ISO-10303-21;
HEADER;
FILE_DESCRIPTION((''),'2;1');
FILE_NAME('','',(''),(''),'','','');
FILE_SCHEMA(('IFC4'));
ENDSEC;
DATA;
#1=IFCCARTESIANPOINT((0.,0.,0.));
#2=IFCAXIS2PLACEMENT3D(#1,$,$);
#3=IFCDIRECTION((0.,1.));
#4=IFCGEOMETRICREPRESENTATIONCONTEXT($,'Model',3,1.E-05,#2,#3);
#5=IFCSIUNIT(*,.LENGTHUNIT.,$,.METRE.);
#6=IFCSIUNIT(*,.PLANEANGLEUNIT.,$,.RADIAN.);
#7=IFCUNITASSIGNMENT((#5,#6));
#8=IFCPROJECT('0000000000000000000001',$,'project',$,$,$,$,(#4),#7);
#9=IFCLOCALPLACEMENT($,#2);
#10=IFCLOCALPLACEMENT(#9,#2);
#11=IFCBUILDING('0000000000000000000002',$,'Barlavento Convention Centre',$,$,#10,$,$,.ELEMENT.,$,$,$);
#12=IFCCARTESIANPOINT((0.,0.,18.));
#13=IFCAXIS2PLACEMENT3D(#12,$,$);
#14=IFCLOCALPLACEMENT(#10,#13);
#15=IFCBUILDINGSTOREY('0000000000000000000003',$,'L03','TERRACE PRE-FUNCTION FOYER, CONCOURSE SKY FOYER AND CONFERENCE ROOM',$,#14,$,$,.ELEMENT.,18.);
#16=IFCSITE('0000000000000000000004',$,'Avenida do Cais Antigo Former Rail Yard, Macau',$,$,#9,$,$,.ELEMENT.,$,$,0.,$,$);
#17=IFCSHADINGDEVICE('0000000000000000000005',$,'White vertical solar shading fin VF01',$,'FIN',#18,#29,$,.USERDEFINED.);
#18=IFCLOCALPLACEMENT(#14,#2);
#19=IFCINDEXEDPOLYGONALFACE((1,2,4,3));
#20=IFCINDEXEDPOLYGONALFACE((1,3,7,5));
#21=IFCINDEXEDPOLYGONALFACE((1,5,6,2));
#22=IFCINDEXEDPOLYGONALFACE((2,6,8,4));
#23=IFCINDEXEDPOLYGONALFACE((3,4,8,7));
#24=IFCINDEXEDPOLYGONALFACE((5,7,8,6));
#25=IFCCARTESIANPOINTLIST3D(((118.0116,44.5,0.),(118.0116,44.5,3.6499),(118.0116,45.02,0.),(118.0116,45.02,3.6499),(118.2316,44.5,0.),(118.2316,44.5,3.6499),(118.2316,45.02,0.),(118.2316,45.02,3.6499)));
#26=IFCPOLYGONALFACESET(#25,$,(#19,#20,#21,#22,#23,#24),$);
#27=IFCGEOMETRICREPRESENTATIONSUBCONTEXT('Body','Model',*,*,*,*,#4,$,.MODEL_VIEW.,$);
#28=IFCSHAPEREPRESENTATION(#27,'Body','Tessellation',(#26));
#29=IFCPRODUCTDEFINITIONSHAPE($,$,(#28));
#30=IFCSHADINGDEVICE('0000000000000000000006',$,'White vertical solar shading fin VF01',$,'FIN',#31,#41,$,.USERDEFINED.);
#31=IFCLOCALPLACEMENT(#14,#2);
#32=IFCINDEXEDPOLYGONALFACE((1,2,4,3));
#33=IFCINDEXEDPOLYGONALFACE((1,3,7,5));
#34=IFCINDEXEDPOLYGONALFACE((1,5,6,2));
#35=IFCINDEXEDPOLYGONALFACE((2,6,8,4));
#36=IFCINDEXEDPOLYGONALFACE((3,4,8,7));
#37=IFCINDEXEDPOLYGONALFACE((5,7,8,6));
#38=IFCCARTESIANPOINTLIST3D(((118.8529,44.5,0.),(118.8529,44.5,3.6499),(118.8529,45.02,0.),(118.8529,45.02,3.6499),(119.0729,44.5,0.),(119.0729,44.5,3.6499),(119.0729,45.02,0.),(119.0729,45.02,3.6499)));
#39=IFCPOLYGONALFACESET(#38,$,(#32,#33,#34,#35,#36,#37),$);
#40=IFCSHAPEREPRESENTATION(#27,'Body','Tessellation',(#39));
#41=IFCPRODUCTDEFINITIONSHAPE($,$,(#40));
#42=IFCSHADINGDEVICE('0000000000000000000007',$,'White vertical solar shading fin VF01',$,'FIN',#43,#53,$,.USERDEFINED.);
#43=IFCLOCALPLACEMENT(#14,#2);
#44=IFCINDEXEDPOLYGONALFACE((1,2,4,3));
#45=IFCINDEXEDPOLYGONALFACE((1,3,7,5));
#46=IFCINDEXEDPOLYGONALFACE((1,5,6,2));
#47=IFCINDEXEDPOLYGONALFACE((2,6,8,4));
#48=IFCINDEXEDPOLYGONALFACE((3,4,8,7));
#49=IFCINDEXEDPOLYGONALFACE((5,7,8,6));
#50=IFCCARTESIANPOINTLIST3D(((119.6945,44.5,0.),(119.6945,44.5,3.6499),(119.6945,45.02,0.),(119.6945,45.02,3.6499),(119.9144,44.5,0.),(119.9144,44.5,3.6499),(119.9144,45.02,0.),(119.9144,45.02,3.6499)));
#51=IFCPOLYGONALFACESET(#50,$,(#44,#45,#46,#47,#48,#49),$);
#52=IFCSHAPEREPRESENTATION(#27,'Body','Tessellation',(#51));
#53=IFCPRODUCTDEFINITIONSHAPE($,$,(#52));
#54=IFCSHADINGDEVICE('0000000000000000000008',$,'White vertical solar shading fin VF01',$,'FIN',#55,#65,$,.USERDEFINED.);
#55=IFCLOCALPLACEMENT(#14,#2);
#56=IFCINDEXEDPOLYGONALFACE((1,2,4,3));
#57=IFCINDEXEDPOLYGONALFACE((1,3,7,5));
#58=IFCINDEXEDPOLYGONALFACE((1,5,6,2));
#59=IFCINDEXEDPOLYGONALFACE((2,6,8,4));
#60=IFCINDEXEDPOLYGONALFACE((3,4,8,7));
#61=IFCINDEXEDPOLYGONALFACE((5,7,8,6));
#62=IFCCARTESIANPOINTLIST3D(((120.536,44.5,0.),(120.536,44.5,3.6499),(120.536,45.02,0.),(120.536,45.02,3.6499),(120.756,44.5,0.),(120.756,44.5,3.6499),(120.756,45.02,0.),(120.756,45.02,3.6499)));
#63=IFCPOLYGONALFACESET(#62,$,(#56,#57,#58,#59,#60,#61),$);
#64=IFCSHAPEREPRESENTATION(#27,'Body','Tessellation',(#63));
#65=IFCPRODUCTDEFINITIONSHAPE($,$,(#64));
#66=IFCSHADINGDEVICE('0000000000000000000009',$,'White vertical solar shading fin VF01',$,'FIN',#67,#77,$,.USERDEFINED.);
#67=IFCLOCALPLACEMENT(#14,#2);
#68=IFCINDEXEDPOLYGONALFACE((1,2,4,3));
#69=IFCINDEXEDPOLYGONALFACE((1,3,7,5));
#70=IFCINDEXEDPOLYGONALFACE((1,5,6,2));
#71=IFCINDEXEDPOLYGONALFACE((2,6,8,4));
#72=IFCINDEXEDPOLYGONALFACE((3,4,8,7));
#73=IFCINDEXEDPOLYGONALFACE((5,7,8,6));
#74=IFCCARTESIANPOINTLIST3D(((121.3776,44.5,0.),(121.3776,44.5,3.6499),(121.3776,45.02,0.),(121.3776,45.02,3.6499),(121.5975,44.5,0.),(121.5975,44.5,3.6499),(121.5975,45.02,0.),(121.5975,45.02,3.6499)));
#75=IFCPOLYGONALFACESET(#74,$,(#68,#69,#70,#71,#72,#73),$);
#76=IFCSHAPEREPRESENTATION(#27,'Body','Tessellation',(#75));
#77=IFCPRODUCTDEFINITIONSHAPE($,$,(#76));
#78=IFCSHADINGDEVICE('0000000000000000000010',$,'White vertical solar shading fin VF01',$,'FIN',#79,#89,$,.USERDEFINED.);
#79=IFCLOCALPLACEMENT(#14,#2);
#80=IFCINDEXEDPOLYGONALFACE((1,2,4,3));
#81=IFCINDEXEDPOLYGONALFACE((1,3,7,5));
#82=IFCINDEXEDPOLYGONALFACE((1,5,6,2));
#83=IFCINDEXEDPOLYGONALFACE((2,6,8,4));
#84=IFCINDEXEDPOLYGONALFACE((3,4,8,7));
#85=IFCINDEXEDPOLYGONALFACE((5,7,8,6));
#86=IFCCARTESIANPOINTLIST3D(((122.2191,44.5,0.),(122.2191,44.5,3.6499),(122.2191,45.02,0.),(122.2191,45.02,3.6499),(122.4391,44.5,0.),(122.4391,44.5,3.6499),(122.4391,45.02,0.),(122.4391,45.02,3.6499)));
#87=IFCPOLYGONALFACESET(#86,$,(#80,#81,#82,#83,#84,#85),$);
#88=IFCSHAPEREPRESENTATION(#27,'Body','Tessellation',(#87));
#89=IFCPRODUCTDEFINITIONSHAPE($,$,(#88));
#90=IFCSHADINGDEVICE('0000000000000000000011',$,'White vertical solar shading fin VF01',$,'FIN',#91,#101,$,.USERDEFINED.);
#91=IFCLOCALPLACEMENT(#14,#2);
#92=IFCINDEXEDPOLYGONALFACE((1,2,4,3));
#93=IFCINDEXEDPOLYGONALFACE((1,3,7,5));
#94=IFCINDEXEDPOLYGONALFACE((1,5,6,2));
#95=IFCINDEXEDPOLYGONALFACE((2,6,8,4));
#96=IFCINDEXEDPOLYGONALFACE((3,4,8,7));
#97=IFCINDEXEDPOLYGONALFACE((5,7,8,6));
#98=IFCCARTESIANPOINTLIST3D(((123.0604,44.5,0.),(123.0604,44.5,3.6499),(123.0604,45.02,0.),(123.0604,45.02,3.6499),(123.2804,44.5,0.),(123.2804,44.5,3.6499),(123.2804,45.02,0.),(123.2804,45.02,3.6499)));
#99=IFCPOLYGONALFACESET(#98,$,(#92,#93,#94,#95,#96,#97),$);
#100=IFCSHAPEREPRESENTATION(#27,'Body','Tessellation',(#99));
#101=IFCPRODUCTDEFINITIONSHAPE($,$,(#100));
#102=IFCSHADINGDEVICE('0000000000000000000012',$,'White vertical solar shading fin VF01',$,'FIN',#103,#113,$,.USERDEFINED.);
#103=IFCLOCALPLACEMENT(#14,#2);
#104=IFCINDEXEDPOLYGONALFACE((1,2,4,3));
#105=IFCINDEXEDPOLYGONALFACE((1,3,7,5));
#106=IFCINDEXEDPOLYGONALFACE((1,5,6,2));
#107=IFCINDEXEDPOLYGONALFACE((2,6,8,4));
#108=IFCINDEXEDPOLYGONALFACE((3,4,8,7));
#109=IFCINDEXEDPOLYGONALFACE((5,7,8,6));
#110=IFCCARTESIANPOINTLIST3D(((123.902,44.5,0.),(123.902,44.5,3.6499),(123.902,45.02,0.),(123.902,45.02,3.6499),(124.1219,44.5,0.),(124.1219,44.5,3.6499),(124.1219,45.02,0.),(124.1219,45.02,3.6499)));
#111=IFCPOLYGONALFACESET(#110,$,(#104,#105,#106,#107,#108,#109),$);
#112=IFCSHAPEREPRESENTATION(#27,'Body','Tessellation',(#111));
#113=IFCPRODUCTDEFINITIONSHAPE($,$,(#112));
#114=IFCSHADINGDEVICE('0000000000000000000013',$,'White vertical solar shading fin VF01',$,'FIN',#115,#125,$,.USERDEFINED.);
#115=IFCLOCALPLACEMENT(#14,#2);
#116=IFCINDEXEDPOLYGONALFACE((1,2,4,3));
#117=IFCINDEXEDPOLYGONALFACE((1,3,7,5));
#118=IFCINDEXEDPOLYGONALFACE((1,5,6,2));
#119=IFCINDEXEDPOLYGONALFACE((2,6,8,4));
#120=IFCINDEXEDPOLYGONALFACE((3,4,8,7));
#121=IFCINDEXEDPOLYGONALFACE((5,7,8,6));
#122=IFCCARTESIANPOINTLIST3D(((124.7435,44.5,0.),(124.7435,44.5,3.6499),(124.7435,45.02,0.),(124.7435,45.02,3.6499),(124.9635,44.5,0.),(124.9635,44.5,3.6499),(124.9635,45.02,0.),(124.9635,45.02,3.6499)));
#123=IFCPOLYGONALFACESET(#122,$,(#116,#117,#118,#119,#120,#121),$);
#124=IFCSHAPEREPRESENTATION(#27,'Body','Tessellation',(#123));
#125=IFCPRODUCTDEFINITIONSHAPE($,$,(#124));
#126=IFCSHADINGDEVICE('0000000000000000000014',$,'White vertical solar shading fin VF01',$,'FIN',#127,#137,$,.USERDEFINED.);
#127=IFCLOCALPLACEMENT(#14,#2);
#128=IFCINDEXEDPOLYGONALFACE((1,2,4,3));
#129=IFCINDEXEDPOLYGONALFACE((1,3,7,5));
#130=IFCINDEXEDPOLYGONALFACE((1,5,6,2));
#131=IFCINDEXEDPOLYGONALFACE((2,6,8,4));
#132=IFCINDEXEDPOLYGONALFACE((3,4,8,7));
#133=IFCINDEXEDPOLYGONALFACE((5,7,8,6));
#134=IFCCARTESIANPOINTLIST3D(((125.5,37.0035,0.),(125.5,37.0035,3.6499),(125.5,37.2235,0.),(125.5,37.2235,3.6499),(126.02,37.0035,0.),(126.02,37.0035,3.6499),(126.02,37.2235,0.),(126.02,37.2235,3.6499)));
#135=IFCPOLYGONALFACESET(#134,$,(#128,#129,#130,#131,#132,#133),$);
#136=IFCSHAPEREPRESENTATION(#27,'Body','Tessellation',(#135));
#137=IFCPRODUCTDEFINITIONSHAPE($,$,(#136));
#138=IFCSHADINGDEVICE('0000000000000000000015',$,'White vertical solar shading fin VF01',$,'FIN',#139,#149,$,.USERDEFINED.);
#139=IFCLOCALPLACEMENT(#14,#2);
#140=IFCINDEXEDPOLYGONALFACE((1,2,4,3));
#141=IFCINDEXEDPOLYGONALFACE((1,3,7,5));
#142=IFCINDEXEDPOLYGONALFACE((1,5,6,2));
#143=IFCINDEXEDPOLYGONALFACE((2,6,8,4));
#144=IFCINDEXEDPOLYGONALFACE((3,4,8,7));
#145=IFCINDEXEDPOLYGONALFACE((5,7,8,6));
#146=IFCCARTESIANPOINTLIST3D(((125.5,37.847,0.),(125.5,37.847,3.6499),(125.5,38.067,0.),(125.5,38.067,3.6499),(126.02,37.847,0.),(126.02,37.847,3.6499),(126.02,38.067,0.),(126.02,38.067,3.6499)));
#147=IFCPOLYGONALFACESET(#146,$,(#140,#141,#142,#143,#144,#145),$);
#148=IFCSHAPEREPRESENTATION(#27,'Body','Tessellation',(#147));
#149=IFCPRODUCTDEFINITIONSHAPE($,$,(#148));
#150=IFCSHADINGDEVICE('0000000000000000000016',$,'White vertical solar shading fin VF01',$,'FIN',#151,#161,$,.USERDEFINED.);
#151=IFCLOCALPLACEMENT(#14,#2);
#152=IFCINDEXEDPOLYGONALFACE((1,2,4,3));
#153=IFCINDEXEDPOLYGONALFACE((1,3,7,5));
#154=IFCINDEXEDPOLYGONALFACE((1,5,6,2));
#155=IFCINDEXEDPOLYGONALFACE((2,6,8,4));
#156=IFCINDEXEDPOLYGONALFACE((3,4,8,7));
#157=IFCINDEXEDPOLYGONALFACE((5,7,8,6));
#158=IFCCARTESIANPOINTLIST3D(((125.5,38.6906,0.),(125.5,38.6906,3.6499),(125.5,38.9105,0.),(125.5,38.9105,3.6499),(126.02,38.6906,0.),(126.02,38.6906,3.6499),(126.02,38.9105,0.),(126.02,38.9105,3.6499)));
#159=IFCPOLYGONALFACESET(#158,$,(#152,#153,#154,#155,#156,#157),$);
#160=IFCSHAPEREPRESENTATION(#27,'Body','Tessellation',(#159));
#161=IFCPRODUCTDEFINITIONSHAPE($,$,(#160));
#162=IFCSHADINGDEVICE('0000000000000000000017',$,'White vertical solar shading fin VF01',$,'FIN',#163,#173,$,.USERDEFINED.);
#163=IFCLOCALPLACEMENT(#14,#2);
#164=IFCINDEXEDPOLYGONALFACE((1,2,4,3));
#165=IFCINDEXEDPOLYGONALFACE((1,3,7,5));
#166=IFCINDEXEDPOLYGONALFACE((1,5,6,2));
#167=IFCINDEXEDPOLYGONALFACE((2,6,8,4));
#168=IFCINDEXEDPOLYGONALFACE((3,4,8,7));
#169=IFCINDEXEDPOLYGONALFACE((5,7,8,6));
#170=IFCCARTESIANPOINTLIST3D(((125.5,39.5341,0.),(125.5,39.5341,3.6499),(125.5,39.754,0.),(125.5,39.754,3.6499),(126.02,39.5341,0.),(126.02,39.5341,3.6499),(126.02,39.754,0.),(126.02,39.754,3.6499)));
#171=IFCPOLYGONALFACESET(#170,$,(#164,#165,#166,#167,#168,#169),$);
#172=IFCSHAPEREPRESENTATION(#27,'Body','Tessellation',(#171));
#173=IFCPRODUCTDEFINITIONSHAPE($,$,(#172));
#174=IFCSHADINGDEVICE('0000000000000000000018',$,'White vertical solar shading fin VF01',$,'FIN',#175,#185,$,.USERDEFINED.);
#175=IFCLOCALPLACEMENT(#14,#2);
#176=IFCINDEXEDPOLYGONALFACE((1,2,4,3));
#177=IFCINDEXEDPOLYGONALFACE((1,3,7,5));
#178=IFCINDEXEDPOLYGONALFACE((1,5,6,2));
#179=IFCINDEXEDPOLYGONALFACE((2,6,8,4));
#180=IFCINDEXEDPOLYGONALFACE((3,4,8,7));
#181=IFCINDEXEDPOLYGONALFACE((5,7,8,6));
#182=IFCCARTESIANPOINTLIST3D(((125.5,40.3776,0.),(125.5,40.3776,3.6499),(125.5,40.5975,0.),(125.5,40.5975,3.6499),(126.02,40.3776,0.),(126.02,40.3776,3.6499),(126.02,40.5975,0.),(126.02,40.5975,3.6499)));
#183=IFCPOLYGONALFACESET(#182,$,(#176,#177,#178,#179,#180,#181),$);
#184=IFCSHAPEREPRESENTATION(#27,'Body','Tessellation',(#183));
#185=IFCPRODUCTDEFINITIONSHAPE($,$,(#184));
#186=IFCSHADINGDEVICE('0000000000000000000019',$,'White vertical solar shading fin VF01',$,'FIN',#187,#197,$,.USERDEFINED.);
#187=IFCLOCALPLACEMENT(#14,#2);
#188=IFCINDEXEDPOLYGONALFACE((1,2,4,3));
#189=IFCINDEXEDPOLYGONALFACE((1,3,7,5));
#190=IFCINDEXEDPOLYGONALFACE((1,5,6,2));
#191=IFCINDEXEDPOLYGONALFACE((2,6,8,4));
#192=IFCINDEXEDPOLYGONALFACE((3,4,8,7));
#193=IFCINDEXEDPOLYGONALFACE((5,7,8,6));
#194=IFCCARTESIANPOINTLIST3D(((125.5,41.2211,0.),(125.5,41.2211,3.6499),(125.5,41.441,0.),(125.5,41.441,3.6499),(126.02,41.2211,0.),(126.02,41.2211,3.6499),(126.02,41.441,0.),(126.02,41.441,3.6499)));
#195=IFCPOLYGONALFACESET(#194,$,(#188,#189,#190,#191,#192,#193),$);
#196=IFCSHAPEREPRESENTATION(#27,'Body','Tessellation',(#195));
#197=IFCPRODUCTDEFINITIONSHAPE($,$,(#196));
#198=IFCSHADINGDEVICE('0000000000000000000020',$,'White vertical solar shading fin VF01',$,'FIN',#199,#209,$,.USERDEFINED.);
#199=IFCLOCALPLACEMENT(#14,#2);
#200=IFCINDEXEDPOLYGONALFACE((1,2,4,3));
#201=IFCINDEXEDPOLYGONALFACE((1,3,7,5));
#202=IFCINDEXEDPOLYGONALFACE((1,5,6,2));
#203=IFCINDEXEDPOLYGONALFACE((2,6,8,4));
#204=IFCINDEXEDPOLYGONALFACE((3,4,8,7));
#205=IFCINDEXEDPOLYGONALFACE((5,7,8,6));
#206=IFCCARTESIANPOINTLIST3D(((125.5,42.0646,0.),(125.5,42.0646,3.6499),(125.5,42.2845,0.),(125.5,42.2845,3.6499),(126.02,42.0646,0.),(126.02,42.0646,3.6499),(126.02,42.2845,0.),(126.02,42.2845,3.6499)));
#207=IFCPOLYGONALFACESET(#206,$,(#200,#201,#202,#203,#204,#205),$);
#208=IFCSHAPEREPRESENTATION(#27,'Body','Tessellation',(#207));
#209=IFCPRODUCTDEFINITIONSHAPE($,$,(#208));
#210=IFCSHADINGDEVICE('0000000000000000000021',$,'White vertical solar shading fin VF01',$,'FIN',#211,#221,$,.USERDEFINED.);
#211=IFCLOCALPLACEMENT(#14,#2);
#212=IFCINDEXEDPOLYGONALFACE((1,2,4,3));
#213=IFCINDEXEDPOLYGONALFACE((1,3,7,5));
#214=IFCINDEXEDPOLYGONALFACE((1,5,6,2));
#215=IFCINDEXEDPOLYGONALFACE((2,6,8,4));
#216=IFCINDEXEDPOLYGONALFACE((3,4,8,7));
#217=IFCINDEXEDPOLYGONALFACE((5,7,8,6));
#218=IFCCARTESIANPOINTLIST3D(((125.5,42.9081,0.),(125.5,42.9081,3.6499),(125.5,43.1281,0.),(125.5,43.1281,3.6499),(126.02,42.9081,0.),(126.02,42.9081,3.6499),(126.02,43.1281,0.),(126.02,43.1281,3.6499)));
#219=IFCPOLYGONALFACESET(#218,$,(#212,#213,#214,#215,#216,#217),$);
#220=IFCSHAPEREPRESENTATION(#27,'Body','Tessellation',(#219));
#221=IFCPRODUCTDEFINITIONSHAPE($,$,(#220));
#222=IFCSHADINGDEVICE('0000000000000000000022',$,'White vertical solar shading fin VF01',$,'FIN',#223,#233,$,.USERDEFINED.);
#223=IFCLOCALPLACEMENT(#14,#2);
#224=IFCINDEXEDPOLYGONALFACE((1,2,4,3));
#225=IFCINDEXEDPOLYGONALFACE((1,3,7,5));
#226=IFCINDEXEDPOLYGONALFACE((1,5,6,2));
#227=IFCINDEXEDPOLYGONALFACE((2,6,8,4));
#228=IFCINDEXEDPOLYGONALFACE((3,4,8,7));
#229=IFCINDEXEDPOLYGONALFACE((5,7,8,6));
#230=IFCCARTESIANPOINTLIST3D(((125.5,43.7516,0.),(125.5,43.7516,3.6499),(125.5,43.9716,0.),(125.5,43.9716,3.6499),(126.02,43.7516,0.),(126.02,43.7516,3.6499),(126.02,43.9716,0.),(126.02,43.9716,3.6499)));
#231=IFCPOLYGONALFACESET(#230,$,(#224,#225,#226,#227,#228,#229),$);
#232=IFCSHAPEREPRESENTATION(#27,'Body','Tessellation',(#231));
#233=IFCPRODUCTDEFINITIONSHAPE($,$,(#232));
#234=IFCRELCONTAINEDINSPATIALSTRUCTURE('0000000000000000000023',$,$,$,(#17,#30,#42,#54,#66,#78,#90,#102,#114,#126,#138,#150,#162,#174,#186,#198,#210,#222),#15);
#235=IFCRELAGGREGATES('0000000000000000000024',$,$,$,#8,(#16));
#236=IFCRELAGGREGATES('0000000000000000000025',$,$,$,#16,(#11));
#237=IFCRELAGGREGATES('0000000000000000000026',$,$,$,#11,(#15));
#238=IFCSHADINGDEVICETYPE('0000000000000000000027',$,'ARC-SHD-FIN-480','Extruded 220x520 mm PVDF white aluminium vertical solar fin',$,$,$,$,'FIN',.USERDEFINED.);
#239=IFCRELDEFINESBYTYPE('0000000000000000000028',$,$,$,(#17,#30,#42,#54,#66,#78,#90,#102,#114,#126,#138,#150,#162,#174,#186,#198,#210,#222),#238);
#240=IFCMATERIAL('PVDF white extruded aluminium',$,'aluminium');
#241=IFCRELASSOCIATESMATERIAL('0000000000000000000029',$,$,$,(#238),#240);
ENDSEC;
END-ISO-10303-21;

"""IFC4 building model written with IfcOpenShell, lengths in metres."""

from ifc_helpers import new_model, si_unit, direction, frame, origin, origin_2d, place, context, subcontext, project, spatial, rectangle, extrude, material, type_object, element, save


model = new_model("IFC4")

# Units and contexts
model_context = context("Model", 3, precision=1e-05, world=origin(), true_north=direction((0.0, 1.0)))
body_context = subcontext(model_context, "Body", "Model", "MODEL_VIEW")
ifc_project = project(units=[si_unit("LENGTHUNIT", "METRE"), si_unit("PLANEANGLEUNIT", "RADIAN")], contexts=[model_context])

# Site, building, storey
site_placement = place(None, origin())
site = spatial("IfcSite", under=ifc_project, at=site_placement, Name="Avenida do Cais Antigo Former Rail Yard, Macau", CompositionType="ELEMENT", RefElevation=0.0)
building_placement = place(site_placement, origin())
building = spatial("IfcBuilding", under=site, at=building_placement, Name="Barlavento Convention Centre", CompositionType="ELEMENT")
storey_placement = place(building_placement, frame((0.0, 0.0, 18.0)))
storey = spatial("IfcBuildingStorey", under=building, at=storey_placement, Name="L03", Description="TERRACE PRE-FUNCTION FOYER, CONCOURSE SKY FOYER AND CONFERENCE ROOM", CompositionType="ELEMENT", Elevation=18.0)

# Shading devices
ifc_material_1 = material(Name="PVDF white extruded aluminium", Category="aluminium")
shading_device_type = type_object("IfcShadingDeviceType", Name="ARC-SHD-FIN-480", Description="Extruded 220x520 mm PVDF white aluminium vertical solar fin", ElementType="FIN", PredefinedType="USERDEFINED", material=ifc_material_1)
for number, where, z_axis, x_axis, name in (
    (1, (118.1216, 44.76, 0.0), (0.0, 0.0, 1.0), (1.0, 0.0, 0.0), "White vertical solar shading fin VF01"),
    (2, (118.9629, 44.76, 0.0), (0.0, 0.0, 1.0), (1.0, 0.0, 0.0), "White vertical solar shading fin VF01"),
    (3, (119.8044, 44.76, 0.0), (0.0, 0.0, 1.0), (1.0, 0.0, 0.0), "White vertical solar shading fin VF01"),
    (4, (120.646, 44.76, 0.0), (0.0, 0.0, 1.0), (1.0, 0.0, 0.0), "White vertical solar shading fin VF01"),
    (5, (121.4875, 44.76, 0.0), (0.0, 0.0, 1.0), (1.0, 0.0, 0.0), "White vertical solar shading fin VF01"),
    (6, (122.3291, 44.76, 0.0), (0.0, 0.0, 1.0), (1.0, 0.0, 0.0), "White vertical solar shading fin VF01"),
    (7, (123.1704, 44.76, 0.0), (0.0, 0.0, 1.0), (1.0, 0.0, 0.0), "White vertical solar shading fin VF01"),
    (8, (124.012, 44.76, 0.0), (0.0, 0.0, 1.0), (1.0, 0.0, 0.0), "White vertical solar shading fin VF01"),
    (9, (124.8535, 44.76, 0.0), (0.0, 0.0, 1.0), (1.0, 0.0, 0.0), "White vertical solar shading fin VF01"),
    (10, (125.76, 37.1135, 0.0), (0.0, 0.0, 1.0), (0.0, 1.0, 0.0), "White vertical solar shading fin VF01"),
    (11, (125.76, 37.957, 0.0), (0.0, 0.0, 1.0), (0.0, 1.0, 0.0), "White vertical solar shading fin VF01"),
    (12, (125.76, 38.8005, 0.0), (0.0, 0.0, 1.0), (0.0, 1.0, 0.0), "White vertical solar shading fin VF01"),
    (13, (125.76, 39.644, 0.0), (0.0, 0.0, 1.0), (0.0, 1.0, 0.0), "White vertical solar shading fin VF01"),
    (14, (125.76, 40.4875, 0.0), (0.0, 0.0, 1.0), (0.0, 1.0, 0.0), "White vertical solar shading fin VF01"),
    (15, (125.76, 41.3311, 0.0), (0.0, 0.0, 1.0), (0.0, 1.0, 0.0), "White vertical solar shading fin VF01"),
    (16, (125.76, 42.1746, 0.0), (0.0, 0.0, 1.0), (0.0, 1.0, 0.0), "White vertical solar shading fin VF01"),
    (17, (125.76, 43.0181, 0.0), (0.0, 0.0, 1.0), (0.0, 1.0, 0.0), "White vertical solar shading fin VF01"),
    (18, (125.76, 43.8616, 0.0), (0.0, 0.0, 1.0), (0.0, 1.0, 0.0), "White vertical solar shading fin VF01"),
):
    element("IfcShadingDevice", number, at=place(storey_placement, frame(where, z_axis=z_axis, x_axis=x_axis)), inside=storey, type_object=shading_device_type, Name=name, ObjectType="FIN", PredefinedType="USERDEFINED", context=body_context, shape_type="SweptSolid", body=[
        extrude(rectangle(XDim=0.22, YDim=0.52, at=origin_2d()), origin(), (0.0, 0.0, 1.0), 3.6499),
    ])

save(model, "model.ifc")
